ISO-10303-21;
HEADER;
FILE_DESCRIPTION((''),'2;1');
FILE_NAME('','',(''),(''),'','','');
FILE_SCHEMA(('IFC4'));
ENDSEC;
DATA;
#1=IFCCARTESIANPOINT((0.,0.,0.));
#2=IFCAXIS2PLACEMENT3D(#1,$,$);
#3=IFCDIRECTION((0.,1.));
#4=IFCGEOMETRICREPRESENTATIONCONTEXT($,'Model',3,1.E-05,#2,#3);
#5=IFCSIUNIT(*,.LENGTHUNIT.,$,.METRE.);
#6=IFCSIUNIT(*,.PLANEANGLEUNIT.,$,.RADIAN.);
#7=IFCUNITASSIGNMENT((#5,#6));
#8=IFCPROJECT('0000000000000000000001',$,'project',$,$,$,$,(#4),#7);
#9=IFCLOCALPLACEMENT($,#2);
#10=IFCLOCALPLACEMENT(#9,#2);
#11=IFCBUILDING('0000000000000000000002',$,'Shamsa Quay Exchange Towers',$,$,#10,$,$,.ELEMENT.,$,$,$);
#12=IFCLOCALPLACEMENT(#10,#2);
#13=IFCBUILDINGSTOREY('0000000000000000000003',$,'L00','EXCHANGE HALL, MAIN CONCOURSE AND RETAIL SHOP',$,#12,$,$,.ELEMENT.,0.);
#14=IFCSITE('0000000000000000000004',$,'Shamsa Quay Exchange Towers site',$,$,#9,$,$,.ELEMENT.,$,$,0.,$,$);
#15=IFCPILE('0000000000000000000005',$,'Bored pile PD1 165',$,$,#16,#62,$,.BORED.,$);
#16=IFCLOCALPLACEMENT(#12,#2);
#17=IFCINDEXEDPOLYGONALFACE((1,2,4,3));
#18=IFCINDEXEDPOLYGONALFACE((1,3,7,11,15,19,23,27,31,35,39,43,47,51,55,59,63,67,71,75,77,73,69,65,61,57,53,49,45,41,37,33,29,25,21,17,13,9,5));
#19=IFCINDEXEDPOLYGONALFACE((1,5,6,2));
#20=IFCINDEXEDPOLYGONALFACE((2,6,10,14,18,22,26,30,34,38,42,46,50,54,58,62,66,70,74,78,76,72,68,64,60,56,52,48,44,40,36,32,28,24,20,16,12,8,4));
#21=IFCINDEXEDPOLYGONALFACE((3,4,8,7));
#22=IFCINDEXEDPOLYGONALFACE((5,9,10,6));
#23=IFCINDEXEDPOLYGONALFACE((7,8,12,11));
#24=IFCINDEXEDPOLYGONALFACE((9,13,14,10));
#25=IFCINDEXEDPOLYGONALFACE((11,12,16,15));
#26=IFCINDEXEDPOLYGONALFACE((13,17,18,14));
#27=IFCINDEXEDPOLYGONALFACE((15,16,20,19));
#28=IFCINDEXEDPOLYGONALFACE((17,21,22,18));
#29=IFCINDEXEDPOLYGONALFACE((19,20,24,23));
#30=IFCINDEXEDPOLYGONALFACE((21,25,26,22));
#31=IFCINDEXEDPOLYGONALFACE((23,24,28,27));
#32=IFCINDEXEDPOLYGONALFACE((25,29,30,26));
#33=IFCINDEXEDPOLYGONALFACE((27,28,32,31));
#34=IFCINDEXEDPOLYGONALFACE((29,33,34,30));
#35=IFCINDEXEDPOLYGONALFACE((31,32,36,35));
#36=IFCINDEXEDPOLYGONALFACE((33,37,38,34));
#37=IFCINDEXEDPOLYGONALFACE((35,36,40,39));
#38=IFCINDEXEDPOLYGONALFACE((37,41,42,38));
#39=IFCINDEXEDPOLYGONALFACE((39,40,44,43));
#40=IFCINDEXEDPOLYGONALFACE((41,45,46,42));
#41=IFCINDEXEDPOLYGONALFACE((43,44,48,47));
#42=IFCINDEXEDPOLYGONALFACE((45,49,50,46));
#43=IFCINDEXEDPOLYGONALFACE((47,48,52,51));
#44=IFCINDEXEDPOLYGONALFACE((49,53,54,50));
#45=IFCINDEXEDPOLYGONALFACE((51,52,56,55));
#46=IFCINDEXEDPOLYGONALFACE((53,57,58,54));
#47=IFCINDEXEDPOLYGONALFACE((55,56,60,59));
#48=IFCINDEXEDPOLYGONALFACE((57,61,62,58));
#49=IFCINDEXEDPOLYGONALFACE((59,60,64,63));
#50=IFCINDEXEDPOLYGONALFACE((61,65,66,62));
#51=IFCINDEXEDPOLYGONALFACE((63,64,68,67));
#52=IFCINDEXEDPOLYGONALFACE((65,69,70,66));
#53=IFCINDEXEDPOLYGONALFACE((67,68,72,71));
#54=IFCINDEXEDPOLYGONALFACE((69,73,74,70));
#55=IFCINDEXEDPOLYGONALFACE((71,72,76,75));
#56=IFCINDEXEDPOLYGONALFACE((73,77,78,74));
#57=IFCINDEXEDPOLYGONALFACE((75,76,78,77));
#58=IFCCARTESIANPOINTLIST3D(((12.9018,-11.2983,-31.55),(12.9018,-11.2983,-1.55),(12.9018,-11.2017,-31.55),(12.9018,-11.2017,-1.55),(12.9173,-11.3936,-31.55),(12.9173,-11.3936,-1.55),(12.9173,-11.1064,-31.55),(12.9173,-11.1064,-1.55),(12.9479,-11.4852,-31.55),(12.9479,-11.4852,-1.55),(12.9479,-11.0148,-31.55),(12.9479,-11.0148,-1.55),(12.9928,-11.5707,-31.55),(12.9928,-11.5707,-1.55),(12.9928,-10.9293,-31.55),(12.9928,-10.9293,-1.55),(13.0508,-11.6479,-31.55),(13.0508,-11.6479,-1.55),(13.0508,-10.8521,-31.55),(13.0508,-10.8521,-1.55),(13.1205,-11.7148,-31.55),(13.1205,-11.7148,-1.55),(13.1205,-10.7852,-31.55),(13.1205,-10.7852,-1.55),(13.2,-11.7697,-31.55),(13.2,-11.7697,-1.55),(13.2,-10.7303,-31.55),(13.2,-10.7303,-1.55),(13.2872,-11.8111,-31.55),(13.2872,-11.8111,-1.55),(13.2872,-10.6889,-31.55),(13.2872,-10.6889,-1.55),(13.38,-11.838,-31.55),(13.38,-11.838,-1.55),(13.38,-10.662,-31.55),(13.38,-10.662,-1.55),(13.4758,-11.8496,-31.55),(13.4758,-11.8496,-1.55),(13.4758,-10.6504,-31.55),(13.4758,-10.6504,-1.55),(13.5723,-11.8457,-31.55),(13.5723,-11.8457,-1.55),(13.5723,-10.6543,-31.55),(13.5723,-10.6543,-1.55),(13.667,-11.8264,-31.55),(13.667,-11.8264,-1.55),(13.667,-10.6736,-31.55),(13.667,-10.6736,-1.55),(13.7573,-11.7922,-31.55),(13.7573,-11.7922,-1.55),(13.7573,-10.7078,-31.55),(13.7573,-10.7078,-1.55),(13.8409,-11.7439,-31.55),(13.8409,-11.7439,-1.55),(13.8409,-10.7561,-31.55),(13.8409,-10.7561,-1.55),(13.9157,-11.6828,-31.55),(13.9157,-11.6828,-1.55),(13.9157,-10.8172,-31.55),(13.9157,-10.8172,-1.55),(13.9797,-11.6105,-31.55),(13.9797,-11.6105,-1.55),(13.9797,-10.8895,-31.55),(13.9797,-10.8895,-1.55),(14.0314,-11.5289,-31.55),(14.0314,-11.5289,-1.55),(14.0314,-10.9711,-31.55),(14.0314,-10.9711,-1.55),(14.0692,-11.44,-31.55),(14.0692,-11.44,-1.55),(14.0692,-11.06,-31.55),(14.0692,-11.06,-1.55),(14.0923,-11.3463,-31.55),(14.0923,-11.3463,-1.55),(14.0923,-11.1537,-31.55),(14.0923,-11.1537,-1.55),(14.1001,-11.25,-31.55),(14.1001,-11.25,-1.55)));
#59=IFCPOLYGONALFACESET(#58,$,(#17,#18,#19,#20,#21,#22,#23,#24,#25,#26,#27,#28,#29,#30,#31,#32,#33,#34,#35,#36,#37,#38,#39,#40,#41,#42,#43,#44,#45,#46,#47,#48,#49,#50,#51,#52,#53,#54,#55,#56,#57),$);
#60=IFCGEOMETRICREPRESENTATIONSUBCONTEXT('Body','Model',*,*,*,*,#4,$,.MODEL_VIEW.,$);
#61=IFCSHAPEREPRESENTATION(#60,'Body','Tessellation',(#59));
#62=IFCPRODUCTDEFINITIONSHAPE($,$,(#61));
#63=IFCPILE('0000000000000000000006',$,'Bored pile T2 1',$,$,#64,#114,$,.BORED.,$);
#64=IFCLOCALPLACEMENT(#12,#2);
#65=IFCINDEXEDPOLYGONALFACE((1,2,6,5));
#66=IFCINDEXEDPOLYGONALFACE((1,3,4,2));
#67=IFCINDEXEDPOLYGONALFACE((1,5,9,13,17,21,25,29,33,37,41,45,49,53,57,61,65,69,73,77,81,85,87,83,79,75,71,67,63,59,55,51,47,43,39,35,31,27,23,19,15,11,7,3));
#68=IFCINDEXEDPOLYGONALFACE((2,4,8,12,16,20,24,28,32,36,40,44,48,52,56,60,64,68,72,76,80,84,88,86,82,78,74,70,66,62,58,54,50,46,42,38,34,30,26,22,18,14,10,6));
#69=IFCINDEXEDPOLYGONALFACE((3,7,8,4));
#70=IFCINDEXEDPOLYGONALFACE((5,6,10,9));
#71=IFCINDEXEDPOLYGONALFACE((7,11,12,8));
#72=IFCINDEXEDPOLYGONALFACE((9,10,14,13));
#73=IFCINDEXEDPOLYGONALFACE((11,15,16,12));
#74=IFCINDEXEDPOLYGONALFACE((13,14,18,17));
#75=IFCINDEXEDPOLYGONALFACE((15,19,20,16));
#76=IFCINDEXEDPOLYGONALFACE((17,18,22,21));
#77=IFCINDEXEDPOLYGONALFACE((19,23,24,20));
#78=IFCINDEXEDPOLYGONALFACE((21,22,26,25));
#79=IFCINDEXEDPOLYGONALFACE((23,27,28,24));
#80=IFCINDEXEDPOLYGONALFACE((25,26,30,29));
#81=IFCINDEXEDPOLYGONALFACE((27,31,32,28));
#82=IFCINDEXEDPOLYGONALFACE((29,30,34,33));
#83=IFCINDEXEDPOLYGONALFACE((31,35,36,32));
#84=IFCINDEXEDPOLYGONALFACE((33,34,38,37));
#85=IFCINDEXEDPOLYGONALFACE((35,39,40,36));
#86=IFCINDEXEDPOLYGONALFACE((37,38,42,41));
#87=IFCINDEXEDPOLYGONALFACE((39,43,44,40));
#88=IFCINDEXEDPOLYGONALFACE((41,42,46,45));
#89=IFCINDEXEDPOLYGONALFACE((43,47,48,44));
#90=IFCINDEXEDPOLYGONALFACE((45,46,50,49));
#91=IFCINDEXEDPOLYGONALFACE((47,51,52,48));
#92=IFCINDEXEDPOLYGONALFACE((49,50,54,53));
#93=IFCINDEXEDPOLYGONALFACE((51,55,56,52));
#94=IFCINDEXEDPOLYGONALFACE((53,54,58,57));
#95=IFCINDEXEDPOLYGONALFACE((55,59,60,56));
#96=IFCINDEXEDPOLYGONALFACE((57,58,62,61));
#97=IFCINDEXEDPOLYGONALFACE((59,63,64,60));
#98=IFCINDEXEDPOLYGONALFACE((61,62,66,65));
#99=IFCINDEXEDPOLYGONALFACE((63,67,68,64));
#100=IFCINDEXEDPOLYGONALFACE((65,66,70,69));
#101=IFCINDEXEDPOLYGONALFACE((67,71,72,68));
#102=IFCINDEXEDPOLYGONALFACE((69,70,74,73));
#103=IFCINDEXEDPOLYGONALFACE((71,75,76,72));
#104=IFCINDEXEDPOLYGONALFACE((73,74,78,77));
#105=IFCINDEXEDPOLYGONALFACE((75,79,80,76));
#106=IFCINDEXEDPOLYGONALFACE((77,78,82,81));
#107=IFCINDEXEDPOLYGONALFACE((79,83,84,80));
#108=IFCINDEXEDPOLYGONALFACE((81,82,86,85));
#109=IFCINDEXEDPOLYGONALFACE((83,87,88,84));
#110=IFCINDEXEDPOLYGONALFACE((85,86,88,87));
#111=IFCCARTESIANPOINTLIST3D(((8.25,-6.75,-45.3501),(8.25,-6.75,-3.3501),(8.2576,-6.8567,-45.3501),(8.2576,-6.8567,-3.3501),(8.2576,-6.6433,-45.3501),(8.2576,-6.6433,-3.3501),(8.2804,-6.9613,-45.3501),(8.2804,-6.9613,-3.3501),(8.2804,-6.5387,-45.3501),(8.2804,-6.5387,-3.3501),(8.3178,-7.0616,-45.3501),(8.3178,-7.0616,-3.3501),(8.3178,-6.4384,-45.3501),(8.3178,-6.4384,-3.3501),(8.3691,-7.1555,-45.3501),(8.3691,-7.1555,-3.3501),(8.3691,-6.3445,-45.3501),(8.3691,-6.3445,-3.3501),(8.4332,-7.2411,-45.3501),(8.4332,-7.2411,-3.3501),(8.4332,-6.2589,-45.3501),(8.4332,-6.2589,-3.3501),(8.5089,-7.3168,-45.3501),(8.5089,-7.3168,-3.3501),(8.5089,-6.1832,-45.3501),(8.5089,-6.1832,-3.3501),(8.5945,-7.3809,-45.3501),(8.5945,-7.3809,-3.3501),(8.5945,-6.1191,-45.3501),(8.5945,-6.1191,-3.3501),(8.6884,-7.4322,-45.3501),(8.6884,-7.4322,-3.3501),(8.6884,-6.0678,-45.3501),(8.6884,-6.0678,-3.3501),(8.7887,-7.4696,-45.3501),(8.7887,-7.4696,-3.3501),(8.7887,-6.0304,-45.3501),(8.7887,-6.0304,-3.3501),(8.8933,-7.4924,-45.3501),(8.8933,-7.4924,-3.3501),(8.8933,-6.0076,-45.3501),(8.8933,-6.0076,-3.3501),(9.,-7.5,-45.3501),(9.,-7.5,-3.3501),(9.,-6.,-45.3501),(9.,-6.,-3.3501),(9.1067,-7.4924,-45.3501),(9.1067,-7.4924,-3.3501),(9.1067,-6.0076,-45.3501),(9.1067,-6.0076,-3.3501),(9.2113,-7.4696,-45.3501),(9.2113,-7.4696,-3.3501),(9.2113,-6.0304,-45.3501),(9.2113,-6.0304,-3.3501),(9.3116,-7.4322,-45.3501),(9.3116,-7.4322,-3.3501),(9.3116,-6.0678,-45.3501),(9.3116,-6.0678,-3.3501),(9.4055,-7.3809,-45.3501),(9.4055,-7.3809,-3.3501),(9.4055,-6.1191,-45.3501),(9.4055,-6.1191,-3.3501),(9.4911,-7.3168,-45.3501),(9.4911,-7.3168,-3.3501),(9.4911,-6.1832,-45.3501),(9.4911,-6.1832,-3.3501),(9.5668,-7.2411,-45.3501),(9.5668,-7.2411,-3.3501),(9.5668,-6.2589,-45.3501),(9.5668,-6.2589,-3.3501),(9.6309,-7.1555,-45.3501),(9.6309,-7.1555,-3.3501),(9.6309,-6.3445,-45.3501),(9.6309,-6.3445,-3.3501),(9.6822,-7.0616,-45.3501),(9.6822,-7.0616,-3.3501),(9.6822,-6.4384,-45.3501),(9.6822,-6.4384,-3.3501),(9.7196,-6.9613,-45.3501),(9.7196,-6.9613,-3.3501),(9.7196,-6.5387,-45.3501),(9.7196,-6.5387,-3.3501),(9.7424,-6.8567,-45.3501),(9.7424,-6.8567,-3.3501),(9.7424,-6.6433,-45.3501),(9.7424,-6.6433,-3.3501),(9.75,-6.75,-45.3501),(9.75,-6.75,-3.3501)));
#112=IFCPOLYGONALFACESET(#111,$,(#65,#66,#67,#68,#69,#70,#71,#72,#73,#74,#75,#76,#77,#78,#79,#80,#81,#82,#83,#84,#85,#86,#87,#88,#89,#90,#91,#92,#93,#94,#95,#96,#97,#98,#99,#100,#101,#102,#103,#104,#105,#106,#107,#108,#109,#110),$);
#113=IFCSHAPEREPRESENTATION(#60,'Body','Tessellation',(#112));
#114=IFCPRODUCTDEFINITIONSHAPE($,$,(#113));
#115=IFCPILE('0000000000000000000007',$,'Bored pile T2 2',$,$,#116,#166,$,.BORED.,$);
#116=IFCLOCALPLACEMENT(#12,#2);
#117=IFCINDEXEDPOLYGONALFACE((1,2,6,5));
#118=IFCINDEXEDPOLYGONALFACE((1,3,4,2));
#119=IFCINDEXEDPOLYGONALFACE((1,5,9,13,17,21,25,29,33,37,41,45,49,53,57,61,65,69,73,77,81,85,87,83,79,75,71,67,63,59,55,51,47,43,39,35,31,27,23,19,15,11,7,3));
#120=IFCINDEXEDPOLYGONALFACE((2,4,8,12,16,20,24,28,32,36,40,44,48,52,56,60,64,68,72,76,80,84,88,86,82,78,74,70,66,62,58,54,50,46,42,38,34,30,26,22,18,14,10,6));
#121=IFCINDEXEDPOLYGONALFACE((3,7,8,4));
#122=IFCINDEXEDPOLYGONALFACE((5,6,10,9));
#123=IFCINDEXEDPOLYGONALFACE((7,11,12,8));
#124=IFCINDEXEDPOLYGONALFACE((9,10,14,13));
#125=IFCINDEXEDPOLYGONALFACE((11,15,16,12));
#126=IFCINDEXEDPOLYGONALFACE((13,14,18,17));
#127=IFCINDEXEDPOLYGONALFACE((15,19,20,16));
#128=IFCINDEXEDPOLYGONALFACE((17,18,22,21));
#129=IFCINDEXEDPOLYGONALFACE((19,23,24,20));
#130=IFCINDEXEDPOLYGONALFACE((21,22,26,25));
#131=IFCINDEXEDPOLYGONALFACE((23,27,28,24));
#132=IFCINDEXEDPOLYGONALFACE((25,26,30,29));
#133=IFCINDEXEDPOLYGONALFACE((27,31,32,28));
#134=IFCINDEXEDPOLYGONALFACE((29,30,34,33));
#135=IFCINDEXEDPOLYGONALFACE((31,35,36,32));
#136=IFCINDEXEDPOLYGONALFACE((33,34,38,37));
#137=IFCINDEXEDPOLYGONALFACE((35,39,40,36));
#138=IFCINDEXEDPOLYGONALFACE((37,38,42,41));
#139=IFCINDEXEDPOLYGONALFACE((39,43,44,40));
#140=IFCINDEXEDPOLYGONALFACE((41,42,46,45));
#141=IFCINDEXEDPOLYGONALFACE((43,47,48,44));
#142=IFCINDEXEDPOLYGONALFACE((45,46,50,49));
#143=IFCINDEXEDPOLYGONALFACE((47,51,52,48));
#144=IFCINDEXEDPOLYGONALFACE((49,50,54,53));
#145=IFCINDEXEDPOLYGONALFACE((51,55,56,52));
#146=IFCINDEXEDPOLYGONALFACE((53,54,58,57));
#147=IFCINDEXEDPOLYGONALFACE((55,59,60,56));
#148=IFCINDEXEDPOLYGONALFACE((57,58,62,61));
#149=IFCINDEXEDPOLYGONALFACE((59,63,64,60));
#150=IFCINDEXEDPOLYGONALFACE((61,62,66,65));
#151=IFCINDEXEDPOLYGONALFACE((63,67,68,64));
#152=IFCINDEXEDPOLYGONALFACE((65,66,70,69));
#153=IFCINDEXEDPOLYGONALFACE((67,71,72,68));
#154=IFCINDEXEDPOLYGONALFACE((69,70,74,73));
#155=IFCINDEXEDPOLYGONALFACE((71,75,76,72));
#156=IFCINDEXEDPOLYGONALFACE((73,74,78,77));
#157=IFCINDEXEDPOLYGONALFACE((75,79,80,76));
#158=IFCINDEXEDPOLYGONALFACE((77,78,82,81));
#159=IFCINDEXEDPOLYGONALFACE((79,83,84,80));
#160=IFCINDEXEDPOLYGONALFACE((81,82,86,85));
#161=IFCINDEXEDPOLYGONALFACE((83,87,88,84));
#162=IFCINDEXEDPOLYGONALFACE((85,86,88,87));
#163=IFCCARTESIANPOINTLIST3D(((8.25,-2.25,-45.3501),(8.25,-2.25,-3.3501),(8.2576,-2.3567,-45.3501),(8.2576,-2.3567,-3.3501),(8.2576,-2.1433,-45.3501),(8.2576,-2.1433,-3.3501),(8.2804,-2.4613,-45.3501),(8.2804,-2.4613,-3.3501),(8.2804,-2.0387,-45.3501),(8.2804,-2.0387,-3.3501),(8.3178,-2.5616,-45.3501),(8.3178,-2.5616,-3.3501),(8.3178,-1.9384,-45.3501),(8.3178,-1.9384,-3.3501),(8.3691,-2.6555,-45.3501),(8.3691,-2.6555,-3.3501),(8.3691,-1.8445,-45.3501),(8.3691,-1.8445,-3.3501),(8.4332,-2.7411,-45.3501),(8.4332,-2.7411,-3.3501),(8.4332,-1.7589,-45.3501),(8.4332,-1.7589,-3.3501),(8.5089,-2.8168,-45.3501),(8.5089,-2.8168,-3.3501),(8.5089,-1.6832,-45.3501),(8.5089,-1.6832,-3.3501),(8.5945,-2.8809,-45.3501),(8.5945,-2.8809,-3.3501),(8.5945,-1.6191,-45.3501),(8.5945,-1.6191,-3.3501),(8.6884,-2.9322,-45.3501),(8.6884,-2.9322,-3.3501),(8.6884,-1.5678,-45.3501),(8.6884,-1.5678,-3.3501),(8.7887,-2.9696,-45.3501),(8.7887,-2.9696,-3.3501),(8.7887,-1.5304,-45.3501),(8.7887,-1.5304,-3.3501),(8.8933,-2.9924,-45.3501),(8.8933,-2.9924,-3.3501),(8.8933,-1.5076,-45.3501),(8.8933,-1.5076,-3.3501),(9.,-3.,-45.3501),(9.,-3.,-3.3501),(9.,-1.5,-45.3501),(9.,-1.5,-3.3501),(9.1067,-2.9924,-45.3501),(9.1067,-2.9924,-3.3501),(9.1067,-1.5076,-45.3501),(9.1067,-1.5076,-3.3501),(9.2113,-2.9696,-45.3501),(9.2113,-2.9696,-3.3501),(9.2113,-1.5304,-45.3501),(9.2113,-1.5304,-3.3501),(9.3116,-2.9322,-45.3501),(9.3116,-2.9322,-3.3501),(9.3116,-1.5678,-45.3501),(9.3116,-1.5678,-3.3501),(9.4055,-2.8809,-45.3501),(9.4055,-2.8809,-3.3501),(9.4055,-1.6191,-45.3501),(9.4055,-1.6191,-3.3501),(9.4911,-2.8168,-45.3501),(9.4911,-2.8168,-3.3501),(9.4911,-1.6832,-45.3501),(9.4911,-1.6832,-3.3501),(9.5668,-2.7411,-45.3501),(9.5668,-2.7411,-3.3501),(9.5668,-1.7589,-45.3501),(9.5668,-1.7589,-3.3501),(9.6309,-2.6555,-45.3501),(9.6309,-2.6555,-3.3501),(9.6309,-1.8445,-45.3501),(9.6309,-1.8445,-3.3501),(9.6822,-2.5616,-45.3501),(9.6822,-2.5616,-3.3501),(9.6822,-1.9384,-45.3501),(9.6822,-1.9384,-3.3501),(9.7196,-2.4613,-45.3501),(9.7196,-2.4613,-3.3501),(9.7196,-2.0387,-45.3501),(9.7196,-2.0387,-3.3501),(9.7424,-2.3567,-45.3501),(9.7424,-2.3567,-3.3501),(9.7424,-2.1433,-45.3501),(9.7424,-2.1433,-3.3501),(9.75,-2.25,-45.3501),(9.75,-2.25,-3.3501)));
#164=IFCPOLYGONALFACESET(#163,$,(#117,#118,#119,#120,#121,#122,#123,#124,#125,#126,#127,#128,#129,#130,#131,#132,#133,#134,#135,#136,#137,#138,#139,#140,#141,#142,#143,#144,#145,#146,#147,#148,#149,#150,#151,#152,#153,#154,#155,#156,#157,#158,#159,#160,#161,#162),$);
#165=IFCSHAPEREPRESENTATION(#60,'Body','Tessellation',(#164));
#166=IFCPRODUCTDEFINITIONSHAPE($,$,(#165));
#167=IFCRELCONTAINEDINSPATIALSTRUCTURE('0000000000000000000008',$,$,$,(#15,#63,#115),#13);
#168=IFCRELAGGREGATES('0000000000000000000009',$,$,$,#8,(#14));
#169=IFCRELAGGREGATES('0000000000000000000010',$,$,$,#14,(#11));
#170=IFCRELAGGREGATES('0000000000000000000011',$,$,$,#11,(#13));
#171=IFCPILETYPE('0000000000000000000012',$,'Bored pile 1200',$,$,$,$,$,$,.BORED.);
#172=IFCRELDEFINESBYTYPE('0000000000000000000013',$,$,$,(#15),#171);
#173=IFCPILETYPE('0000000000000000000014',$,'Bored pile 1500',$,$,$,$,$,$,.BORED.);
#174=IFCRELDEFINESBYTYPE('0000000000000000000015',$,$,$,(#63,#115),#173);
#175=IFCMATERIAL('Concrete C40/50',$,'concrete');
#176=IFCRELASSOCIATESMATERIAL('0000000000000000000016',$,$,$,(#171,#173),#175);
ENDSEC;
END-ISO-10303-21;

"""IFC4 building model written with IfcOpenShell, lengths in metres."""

from ifc_helpers import new_model, si_unit, direction, frame, origin, origin_2d, place, context, subcontext, project, spatial, circle, extrude, material, material_profile, profile_set, type_object, element, save


model = new_model("IFC4")

# Units and contexts
model_context = context("Model", 3, precision=1e-05, world=origin(), true_north=direction((0.0, 1.0)))
body_context = subcontext(model_context, "Body", "Model", "MODEL_VIEW")
ifc_project = project(units=[si_unit("LENGTHUNIT", "METRE"), si_unit("PLANEANGLEUNIT", "RADIAN")], contexts=[model_context])

# Site, building, storey
site_placement = place(None, origin())
site = spatial("IfcSite", under=ifc_project, at=site_placement, Name="Shamsa Quay Exchange Towers site", CompositionType="ELEMENT", RefElevation=0.0)
building_placement = place(site_placement, origin())
building = spatial("IfcBuilding", under=site, at=building_placement, Name="Shamsa Quay Exchange Towers", CompositionType="ELEMENT")
storey_placement = place(building_placement, origin())
storey = spatial("IfcBuildingStorey", under=building, at=storey_placement, Name="L00", Description="EXCHANGE HALL, MAIN CONCOURSE AND RETAIL SHOP", CompositionType="ELEMENT", Elevation=0.0)

# Piles
ifc_material_1 = material(Name="Concrete C40/50", Category="concrete")
ifc_material_profile_1 = material_profile(ifc_material_1, circle(Radius=0.6001, at=origin_2d()), Name="BP1200")
ifc_profile_set_1 = profile_set([ifc_material_profile_1], Name="Concrete C40/50")
pile_type_1 = type_object("IfcPileType", Name="Bored pile 1200", PredefinedType="BORED", material=ifc_profile_set_1)
for number, where, z_axis, x_axis, name in (
    (1, (13.5, -11.25, -1.55), (0.0, 0.0, -1.0), (1.0, 0.0, 0.0), "Bored pile PD1 165"),
):
    element("IfcPile", number, at=place(storey_placement, frame(where, z_axis=z_axis, x_axis=x_axis)), inside=storey, type_object=pile_type_1, Name=name, PredefinedType="BORED", context=body_context, shape_type="SweptSolid", body=[
        extrude(circle(Radius=0.6001, at=origin_2d()), origin(), (0.0, 0.0, 1.0), 30.0),
    ])
ifc_material_profile_2 = material_profile(ifc_material_1, circle(Radius=0.75, at=origin_2d()), Name="BP1500")
ifc_profile_set_2 = profile_set([ifc_material_profile_2], Name="Concrete C40/50")
pile_type_2 = type_object("IfcPileType", Name="Bored pile 1500", PredefinedType="BORED", material=ifc_profile_set_2)
for number, where, z_axis, x_axis, name in (
    (2, (9.0, -6.75, -3.3501), (0.0, 0.0, -1.0), (1.0, 0.0, 0.0), "Bored pile T2 1"),
    (3, (9.0, -2.25, -3.3501), (0.0, 0.0, -1.0), (1.0, 0.0, 0.0), "Bored pile T2 2"),
):
    element("IfcPile", number, at=place(storey_placement, frame(where, z_axis=z_axis, x_axis=x_axis)), inside=storey, type_object=pile_type_2, Name=name, PredefinedType="BORED", context=body_context, shape_type="SweptSolid", body=[
        extrude(circle(Radius=0.75, at=origin_2d()), origin(), (0.0, 0.0, 1.0), 42.0),
    ])

save(model, "model.ifc")
